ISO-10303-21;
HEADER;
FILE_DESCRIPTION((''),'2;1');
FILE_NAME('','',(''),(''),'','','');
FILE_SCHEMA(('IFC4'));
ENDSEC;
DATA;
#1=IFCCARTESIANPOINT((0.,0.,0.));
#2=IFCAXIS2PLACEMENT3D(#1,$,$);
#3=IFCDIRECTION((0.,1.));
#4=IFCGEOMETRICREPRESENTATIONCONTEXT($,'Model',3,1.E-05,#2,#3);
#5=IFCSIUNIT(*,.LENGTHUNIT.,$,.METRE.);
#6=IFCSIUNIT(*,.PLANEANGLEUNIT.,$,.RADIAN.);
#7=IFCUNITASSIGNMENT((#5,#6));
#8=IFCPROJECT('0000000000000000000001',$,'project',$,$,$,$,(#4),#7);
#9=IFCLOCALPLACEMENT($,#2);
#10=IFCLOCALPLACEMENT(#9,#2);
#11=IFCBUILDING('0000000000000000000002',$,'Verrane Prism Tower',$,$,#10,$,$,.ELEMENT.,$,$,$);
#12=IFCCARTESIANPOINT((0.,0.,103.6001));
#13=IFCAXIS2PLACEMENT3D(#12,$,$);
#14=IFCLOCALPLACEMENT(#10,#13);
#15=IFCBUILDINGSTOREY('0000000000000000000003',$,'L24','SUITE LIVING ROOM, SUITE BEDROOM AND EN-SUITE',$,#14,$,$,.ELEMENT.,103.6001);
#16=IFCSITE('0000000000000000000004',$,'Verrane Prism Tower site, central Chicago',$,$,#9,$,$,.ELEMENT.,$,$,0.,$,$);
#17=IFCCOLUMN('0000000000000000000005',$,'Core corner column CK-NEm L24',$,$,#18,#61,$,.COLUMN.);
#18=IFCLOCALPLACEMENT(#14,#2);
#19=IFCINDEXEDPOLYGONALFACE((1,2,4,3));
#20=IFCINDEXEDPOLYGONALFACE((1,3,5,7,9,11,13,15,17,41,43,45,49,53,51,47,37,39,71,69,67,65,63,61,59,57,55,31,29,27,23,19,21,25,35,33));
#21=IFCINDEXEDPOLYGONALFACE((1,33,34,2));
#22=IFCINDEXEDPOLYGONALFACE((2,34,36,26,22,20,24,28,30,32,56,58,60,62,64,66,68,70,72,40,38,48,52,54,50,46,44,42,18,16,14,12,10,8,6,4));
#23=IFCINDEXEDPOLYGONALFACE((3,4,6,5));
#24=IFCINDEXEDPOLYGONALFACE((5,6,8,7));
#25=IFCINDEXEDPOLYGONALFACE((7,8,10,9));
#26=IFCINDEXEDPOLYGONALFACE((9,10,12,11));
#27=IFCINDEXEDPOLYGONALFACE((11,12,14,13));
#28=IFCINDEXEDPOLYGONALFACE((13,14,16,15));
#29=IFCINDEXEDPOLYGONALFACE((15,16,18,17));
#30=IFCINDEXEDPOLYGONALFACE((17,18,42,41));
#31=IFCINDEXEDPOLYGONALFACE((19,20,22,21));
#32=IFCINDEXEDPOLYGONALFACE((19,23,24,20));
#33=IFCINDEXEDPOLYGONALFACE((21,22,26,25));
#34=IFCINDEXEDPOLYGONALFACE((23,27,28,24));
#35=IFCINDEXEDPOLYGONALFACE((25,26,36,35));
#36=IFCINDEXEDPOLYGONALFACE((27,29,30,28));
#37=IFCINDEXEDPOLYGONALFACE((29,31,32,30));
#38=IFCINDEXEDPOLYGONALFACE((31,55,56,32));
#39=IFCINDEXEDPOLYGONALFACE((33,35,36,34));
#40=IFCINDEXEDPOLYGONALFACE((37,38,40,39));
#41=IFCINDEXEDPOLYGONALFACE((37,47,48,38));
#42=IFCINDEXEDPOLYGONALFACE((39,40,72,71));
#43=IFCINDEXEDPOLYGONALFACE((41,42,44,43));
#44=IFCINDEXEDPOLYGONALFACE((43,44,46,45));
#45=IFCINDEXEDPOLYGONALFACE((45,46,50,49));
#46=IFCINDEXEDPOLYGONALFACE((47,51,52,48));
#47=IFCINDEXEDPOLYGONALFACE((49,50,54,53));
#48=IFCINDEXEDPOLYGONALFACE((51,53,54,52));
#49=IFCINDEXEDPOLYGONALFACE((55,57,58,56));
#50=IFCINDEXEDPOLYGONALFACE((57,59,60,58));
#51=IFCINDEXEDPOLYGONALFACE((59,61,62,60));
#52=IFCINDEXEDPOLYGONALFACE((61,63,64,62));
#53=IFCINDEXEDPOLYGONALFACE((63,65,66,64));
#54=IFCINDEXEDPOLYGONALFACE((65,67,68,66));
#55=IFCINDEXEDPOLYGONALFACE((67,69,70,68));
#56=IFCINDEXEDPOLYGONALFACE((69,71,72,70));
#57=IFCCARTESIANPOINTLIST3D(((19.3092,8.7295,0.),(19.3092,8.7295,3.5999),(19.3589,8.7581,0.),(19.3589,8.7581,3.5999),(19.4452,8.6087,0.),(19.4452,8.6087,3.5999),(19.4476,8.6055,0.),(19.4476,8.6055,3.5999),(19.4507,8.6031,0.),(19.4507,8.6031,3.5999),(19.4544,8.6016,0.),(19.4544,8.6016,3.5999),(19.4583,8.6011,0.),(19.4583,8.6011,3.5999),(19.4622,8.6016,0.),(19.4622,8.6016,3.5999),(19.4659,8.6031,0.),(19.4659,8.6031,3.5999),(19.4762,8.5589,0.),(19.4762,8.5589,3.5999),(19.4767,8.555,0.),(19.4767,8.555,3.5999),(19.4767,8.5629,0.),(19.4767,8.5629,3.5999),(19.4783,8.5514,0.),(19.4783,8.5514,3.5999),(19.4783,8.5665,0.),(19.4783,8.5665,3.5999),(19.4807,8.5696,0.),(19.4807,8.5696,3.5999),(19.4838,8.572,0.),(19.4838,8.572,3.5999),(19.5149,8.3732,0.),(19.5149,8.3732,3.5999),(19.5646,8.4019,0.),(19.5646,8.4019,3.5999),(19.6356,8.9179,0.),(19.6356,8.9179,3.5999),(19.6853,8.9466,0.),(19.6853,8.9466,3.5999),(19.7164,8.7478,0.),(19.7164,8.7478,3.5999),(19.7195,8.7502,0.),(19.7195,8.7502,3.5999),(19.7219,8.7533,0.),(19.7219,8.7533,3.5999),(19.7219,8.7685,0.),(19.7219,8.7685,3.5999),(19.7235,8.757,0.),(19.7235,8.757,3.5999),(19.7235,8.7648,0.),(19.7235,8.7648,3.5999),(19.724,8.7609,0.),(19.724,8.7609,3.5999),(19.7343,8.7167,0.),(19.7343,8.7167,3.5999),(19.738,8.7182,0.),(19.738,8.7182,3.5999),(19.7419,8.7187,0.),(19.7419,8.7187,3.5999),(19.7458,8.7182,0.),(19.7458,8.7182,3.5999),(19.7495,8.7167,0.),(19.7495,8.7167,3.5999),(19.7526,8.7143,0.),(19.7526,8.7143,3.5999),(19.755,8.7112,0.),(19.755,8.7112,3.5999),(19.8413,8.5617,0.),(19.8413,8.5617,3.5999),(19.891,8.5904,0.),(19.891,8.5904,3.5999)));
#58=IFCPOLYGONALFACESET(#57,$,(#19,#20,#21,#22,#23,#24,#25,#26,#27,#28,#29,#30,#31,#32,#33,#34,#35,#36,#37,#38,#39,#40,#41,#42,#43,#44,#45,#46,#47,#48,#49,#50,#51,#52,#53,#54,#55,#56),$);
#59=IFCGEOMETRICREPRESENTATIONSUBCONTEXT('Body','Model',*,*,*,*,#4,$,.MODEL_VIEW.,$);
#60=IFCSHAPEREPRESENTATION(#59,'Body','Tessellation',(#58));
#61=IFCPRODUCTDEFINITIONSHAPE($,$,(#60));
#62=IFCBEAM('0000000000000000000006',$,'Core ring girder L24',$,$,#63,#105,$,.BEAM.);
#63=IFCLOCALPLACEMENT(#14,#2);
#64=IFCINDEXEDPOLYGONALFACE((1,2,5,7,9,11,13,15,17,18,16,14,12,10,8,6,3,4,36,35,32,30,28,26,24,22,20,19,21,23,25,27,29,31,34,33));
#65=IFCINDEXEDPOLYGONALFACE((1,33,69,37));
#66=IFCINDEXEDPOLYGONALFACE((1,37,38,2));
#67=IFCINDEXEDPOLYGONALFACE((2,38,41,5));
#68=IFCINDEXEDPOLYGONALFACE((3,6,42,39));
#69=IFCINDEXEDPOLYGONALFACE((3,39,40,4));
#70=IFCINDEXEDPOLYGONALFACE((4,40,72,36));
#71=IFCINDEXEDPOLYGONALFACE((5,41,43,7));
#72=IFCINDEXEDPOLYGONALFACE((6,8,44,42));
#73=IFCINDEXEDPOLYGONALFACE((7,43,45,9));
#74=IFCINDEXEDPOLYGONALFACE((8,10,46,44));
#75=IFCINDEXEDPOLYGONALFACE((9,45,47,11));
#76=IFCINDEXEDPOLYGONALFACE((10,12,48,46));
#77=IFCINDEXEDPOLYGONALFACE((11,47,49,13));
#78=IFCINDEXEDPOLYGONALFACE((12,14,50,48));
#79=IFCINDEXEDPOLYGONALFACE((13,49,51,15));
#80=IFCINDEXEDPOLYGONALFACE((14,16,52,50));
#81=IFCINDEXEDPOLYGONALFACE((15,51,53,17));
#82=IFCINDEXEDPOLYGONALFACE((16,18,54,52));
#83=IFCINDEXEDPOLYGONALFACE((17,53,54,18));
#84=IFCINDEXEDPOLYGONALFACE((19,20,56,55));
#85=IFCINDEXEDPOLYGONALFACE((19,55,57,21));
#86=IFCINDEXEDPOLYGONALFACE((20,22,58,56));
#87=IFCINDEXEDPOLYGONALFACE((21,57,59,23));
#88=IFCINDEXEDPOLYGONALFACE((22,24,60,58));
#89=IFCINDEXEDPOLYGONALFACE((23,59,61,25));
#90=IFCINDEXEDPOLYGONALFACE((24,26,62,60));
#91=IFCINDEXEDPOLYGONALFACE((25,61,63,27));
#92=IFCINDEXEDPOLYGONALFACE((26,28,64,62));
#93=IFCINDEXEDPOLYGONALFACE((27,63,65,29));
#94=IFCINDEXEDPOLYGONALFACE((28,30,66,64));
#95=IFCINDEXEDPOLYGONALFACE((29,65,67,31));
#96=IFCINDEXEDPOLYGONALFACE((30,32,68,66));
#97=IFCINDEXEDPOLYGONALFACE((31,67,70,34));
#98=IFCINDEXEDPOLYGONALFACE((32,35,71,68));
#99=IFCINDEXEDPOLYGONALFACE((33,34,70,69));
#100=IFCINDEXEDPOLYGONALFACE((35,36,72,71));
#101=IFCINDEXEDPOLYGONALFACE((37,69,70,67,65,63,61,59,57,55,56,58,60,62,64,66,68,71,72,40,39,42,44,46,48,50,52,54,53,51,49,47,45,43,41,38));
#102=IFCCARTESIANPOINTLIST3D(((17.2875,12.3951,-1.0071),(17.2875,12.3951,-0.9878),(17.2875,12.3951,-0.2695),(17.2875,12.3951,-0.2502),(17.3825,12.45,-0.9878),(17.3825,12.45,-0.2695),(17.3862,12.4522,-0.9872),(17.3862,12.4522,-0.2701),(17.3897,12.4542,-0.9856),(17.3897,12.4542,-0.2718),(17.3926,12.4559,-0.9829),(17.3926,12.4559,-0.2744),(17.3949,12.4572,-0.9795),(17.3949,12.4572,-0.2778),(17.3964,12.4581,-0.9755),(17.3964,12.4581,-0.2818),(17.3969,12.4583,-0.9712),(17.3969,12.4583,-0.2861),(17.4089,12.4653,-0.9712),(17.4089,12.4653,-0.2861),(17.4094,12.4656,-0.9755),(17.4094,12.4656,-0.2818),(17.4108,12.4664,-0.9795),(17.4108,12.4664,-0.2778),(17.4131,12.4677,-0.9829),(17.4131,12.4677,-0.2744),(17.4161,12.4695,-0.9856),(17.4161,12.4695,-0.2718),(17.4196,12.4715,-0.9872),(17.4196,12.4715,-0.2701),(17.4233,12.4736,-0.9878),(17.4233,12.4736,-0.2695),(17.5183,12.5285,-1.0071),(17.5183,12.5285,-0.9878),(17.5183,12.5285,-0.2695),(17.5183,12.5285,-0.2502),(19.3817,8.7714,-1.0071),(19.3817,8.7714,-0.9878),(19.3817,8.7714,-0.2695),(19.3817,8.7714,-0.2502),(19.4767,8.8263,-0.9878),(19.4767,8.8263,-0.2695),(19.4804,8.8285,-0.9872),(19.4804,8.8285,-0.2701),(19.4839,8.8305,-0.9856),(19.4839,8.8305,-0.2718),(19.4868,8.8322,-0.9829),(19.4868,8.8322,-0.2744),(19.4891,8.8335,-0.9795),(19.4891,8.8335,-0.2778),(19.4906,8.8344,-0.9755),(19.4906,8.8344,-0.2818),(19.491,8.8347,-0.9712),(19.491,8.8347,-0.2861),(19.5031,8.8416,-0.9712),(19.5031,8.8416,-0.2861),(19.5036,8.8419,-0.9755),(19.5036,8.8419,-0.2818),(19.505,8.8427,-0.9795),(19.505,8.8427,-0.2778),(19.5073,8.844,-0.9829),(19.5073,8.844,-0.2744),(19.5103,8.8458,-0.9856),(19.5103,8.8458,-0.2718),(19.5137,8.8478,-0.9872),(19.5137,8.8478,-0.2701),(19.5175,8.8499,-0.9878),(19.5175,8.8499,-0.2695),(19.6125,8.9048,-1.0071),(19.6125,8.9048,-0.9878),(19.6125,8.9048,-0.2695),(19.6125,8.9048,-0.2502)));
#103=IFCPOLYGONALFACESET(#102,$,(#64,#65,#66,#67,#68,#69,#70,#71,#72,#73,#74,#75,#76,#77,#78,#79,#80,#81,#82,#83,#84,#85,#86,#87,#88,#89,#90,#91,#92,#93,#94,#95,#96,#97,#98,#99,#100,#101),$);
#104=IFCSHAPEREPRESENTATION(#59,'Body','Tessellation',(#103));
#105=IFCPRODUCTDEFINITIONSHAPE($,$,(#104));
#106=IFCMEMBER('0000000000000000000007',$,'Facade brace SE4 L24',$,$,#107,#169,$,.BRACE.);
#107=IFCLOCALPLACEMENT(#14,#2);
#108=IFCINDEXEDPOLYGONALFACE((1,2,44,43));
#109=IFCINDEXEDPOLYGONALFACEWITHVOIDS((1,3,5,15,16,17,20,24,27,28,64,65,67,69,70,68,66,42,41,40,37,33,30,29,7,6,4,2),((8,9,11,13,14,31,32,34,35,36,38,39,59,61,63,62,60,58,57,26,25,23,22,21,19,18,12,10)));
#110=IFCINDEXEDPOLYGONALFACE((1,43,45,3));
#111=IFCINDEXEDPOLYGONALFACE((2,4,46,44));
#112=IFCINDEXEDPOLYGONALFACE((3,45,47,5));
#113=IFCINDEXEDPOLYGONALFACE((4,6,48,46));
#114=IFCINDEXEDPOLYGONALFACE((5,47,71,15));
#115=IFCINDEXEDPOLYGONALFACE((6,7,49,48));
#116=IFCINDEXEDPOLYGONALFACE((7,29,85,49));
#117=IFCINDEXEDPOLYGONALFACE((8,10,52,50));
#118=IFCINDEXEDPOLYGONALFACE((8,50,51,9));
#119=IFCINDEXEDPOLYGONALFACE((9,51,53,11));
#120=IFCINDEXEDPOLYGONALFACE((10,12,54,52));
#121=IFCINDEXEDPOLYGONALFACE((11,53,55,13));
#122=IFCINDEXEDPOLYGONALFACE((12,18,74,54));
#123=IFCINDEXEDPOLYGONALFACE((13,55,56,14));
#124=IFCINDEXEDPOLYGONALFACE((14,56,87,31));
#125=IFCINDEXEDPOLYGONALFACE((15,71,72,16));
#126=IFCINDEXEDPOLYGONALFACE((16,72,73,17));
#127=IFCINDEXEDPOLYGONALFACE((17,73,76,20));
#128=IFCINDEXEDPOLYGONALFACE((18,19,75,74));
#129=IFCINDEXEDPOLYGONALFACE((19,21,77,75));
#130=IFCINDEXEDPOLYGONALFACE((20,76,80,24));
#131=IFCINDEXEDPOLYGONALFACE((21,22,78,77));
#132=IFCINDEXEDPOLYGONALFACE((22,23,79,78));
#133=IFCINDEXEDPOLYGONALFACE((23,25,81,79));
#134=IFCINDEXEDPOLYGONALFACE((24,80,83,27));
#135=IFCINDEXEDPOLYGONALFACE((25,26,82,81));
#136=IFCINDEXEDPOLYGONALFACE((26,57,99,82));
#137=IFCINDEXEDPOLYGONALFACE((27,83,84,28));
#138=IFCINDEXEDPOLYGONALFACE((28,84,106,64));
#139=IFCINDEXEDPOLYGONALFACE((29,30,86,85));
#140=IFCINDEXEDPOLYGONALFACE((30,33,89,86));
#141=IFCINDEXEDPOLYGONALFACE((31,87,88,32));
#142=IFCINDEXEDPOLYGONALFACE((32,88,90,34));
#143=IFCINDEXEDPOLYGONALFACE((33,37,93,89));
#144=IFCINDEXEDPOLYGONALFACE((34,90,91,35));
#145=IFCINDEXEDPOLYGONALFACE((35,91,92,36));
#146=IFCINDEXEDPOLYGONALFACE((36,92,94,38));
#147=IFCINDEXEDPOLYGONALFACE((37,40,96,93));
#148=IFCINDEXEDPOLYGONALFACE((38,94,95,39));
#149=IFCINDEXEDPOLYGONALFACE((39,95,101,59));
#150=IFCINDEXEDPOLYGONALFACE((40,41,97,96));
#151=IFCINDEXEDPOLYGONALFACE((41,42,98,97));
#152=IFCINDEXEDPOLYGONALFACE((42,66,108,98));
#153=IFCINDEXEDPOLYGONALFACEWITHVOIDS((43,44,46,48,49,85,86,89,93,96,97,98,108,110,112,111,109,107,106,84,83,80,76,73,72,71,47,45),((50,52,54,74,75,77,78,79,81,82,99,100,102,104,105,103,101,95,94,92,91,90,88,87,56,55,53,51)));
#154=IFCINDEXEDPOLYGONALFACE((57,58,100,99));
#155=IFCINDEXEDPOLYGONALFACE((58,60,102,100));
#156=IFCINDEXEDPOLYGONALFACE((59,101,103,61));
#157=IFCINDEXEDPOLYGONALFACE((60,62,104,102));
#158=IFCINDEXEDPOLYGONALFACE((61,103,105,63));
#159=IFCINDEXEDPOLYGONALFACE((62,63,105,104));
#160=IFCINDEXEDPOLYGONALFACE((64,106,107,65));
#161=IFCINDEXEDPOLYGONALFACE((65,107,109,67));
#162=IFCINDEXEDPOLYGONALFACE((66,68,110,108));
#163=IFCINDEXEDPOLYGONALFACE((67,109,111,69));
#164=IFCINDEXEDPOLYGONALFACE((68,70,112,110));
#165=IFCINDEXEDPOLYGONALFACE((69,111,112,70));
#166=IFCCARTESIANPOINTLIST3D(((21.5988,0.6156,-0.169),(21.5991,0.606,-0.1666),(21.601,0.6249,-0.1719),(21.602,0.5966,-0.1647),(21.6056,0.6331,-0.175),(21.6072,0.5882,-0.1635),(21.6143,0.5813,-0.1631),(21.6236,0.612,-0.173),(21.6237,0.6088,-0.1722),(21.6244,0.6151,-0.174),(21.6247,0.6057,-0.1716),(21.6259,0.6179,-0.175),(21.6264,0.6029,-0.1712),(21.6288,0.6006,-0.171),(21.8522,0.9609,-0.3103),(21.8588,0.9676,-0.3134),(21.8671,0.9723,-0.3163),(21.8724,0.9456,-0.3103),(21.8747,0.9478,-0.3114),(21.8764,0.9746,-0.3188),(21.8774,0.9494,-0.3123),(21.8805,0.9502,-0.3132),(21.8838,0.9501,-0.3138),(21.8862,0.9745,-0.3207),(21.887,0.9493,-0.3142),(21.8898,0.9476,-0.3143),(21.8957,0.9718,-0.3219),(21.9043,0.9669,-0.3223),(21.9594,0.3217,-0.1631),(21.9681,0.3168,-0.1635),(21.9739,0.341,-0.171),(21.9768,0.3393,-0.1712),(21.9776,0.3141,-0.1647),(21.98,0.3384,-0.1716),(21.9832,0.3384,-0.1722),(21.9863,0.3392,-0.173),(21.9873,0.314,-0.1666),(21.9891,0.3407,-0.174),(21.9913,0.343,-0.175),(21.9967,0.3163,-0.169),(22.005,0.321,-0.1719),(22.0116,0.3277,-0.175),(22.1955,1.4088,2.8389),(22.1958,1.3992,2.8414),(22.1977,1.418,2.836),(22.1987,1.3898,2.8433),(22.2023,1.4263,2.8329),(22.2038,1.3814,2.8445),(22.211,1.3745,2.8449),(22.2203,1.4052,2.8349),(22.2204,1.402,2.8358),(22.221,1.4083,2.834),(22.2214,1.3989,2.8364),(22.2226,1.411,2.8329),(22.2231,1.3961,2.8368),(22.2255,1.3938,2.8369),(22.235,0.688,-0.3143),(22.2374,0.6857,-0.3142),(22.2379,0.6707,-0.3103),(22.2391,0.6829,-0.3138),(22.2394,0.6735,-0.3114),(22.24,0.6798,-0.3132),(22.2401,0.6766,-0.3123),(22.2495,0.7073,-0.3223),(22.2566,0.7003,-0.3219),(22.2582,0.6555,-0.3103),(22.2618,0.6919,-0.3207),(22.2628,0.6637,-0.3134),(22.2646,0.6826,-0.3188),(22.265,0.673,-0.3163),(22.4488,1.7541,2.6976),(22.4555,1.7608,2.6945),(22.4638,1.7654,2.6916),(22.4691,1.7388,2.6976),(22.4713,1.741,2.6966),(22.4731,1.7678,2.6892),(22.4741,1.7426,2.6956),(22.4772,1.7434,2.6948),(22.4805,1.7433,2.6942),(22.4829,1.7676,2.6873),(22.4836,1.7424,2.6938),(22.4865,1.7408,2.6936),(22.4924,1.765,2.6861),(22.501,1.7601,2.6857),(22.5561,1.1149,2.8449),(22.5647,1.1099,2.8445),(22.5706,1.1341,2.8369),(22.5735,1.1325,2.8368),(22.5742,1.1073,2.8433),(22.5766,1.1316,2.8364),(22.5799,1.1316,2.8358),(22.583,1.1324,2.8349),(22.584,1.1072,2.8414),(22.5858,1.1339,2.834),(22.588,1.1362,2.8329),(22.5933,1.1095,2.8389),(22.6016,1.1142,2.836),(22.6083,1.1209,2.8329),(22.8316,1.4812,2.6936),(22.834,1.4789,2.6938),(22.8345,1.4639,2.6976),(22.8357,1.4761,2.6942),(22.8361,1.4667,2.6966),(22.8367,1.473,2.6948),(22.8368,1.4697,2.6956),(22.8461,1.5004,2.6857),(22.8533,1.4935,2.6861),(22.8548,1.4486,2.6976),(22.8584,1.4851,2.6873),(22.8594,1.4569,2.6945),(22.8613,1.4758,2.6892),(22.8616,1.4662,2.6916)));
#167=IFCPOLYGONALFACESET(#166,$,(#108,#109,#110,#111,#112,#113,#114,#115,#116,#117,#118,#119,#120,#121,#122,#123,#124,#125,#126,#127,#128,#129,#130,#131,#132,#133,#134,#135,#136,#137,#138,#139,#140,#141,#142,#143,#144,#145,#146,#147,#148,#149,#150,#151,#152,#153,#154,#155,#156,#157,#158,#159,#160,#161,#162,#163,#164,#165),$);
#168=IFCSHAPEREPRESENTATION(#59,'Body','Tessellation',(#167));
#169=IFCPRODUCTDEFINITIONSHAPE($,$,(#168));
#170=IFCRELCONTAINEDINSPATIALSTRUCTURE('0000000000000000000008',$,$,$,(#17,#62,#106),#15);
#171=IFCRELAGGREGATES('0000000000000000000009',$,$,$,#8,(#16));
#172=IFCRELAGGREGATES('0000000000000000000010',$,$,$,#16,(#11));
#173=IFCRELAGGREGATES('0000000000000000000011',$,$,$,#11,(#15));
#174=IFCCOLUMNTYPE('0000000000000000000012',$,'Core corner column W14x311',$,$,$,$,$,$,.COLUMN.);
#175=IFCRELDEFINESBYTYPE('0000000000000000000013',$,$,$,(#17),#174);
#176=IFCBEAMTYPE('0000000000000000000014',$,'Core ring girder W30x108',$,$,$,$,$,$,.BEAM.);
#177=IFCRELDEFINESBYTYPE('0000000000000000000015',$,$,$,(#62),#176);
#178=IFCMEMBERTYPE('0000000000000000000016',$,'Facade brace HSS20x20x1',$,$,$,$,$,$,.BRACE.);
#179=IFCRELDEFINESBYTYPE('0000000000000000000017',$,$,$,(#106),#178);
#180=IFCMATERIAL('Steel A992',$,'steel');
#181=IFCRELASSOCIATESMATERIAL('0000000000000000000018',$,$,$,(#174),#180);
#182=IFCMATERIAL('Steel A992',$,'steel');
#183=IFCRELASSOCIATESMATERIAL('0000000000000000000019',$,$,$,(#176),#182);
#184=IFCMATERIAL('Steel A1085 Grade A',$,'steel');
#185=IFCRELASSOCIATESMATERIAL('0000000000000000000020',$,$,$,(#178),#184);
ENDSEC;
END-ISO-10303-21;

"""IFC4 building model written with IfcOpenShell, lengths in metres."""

from ifc_helpers import new_model, si_unit, direction, frame, origin, origin_2d, place, context, subcontext, project, spatial, hollow_rectangle, i_section, extrude, material, material_profile, profile_set, type_object, element, save


model = new_model("IFC4")

# Units and contexts
model_context = context("Model", 3, precision=1e-05, world=origin(), true_north=direction((0.0, 1.0)))
body_context = subcontext(model_context, "Body", "Model", "MODEL_VIEW")
ifc_project = project(units=[si_unit("LENGTHUNIT", "METRE"), si_unit("PLANEANGLEUNIT", "RADIAN")], contexts=[model_context])

# Site, building, storey
site_placement = place(None, origin())
site = spatial("IfcSite", under=ifc_project, at=site_placement, Name="Verrane Prism Tower site, central Chicago", CompositionType="ELEMENT", RefElevation=0.0)
building_placement = place(site_placement, origin())
building = spatial("IfcBuilding", under=site, at=building_placement, Name="Verrane Prism Tower", CompositionType="ELEMENT")
storey_placement = place(building_placement, frame((0.0, 0.0, 103.6001)))
storey = spatial("IfcBuildingStorey", under=building, at=storey_placement, Name="L24", Description="SUITE LIVING ROOM, SUITE BEDROOM AND EN-SUITE", CompositionType="ELEMENT", Elevation=103.6001)

# Column
ifc_material_1 = material(Name="Steel A992", Category="steel")
ifc_material_profile_1 = material_profile(ifc_material_1, i_section(OverallWidth=0.4114, OverallDepth=0.4343, WebThickness=0.0359, FlangeThickness=0.0574, FilletRadius=0.0151, at=origin_2d()), Name="W14x311")
ifc_profile_set_1 = profile_set([ifc_material_profile_1], Name="Steel A992")
column_type = type_object("IfcColumnType", Name="Core corner column W14x311", PredefinedType="COLUMN", material=ifc_profile_set_1)
column_placement = place(storey_placement, frame((19.6001, 8.6599, 0.0), z_axis=(0.0, 0.0, 1.0), x_axis=(0.5, -0.866025, 0.0)))
element("IfcColumn", 1, at=column_placement, inside=storey, type_object=column_type, Name="Core corner column CK-NEm L24", PredefinedType="COLUMN", context=body_context, shape_type="SweptSolid", body=[
    extrude(i_section(OverallWidth=0.4114, OverallDepth=0.4343, WebThickness=0.0359, FlangeThickness=0.0574, FilletRadius=0.0151, at=origin_2d()), origin(), (0.0, 0.0, 1.0), 3.5999),
])

# Beam
ifc_material_2 = material(Name="Steel A992", Category="steel")
ifc_material_profile_2 = material_profile(ifc_material_2, i_section(OverallWidth=0.2666, OverallDepth=0.7568, WebThickness=0.0139, FlangeThickness=0.0193, FilletRadius=0.0166, at=origin_2d()), Name="W30x108")
ifc_profile_set_2 = profile_set([ifc_material_profile_2], Name="Steel A992")
beam_type = type_object("IfcBeamType", Name="Core ring girder W30x108", PredefinedType="BEAM", material=ifc_profile_set_2)
beam_placement = place(storey_placement, frame((19.4971, 8.8381, -0.6287), z_axis=(-0.500367, 0.865813, 0.0), x_axis=(-0.865813, -0.500367, 0.0)))
element("IfcBeam", 2, at=beam_placement, inside=storey, type_object=beam_type, Name="Core ring girder L24", PredefinedType="BEAM", context=body_context, shape_type="SweptSolid", body=[
    extrude(i_section(OverallWidth=0.2666, OverallDepth=0.7568, WebThickness=0.0139, FlangeThickness=0.0193, FilletRadius=0.0166, at=origin_2d()), origin(), (0.0, 0.0, 1.0), 4.1853),
])

# Member
ifc_material_3 = material(Name="Steel A1085 Grade A", Category="steel")
ifc_material_profile_3 = material_profile(ifc_material_3, hollow_rectangle(XDim=0.5081, YDim=0.5081, WallThickness=0.0254, InnerFilletRadius=0.0127, OuterFilletRadius=0.0381, at=origin_2d()), Name="HSS20x20x1")
ifc_profile_set_3 = profile_set([ifc_material_profile_3], Name="Steel A1085 Grade A")
member_type = type_object("IfcMemberType", Name="Facade brace HSS20x20x1", PredefinedType="BRACE", material=ifc_profile_set_3)
member_placement = place(storey_placement, frame((21.9319, 0.6443, -0.2427), z_axis=(0.18837, 0.250415, 0.949636), x_axis=(-0.799143, 0.601141, 0.0)))
element("IfcMember", 3, at=member_placement, inside=storey, type_object=member_type, Name="Facade brace SE4 L24", PredefinedType="BRACE", context=body_context, shape_type="SweptSolid", body=[
    extrude(hollow_rectangle(XDim=0.5081, YDim=0.5081, WallThickness=0.0254, InnerFilletRadius=0.0127, OuterFilletRadius=0.0381, at=origin_2d()), origin(), (0.0, 0.0, 1.0), 3.1675),
])

save(model, "model.ifc")
